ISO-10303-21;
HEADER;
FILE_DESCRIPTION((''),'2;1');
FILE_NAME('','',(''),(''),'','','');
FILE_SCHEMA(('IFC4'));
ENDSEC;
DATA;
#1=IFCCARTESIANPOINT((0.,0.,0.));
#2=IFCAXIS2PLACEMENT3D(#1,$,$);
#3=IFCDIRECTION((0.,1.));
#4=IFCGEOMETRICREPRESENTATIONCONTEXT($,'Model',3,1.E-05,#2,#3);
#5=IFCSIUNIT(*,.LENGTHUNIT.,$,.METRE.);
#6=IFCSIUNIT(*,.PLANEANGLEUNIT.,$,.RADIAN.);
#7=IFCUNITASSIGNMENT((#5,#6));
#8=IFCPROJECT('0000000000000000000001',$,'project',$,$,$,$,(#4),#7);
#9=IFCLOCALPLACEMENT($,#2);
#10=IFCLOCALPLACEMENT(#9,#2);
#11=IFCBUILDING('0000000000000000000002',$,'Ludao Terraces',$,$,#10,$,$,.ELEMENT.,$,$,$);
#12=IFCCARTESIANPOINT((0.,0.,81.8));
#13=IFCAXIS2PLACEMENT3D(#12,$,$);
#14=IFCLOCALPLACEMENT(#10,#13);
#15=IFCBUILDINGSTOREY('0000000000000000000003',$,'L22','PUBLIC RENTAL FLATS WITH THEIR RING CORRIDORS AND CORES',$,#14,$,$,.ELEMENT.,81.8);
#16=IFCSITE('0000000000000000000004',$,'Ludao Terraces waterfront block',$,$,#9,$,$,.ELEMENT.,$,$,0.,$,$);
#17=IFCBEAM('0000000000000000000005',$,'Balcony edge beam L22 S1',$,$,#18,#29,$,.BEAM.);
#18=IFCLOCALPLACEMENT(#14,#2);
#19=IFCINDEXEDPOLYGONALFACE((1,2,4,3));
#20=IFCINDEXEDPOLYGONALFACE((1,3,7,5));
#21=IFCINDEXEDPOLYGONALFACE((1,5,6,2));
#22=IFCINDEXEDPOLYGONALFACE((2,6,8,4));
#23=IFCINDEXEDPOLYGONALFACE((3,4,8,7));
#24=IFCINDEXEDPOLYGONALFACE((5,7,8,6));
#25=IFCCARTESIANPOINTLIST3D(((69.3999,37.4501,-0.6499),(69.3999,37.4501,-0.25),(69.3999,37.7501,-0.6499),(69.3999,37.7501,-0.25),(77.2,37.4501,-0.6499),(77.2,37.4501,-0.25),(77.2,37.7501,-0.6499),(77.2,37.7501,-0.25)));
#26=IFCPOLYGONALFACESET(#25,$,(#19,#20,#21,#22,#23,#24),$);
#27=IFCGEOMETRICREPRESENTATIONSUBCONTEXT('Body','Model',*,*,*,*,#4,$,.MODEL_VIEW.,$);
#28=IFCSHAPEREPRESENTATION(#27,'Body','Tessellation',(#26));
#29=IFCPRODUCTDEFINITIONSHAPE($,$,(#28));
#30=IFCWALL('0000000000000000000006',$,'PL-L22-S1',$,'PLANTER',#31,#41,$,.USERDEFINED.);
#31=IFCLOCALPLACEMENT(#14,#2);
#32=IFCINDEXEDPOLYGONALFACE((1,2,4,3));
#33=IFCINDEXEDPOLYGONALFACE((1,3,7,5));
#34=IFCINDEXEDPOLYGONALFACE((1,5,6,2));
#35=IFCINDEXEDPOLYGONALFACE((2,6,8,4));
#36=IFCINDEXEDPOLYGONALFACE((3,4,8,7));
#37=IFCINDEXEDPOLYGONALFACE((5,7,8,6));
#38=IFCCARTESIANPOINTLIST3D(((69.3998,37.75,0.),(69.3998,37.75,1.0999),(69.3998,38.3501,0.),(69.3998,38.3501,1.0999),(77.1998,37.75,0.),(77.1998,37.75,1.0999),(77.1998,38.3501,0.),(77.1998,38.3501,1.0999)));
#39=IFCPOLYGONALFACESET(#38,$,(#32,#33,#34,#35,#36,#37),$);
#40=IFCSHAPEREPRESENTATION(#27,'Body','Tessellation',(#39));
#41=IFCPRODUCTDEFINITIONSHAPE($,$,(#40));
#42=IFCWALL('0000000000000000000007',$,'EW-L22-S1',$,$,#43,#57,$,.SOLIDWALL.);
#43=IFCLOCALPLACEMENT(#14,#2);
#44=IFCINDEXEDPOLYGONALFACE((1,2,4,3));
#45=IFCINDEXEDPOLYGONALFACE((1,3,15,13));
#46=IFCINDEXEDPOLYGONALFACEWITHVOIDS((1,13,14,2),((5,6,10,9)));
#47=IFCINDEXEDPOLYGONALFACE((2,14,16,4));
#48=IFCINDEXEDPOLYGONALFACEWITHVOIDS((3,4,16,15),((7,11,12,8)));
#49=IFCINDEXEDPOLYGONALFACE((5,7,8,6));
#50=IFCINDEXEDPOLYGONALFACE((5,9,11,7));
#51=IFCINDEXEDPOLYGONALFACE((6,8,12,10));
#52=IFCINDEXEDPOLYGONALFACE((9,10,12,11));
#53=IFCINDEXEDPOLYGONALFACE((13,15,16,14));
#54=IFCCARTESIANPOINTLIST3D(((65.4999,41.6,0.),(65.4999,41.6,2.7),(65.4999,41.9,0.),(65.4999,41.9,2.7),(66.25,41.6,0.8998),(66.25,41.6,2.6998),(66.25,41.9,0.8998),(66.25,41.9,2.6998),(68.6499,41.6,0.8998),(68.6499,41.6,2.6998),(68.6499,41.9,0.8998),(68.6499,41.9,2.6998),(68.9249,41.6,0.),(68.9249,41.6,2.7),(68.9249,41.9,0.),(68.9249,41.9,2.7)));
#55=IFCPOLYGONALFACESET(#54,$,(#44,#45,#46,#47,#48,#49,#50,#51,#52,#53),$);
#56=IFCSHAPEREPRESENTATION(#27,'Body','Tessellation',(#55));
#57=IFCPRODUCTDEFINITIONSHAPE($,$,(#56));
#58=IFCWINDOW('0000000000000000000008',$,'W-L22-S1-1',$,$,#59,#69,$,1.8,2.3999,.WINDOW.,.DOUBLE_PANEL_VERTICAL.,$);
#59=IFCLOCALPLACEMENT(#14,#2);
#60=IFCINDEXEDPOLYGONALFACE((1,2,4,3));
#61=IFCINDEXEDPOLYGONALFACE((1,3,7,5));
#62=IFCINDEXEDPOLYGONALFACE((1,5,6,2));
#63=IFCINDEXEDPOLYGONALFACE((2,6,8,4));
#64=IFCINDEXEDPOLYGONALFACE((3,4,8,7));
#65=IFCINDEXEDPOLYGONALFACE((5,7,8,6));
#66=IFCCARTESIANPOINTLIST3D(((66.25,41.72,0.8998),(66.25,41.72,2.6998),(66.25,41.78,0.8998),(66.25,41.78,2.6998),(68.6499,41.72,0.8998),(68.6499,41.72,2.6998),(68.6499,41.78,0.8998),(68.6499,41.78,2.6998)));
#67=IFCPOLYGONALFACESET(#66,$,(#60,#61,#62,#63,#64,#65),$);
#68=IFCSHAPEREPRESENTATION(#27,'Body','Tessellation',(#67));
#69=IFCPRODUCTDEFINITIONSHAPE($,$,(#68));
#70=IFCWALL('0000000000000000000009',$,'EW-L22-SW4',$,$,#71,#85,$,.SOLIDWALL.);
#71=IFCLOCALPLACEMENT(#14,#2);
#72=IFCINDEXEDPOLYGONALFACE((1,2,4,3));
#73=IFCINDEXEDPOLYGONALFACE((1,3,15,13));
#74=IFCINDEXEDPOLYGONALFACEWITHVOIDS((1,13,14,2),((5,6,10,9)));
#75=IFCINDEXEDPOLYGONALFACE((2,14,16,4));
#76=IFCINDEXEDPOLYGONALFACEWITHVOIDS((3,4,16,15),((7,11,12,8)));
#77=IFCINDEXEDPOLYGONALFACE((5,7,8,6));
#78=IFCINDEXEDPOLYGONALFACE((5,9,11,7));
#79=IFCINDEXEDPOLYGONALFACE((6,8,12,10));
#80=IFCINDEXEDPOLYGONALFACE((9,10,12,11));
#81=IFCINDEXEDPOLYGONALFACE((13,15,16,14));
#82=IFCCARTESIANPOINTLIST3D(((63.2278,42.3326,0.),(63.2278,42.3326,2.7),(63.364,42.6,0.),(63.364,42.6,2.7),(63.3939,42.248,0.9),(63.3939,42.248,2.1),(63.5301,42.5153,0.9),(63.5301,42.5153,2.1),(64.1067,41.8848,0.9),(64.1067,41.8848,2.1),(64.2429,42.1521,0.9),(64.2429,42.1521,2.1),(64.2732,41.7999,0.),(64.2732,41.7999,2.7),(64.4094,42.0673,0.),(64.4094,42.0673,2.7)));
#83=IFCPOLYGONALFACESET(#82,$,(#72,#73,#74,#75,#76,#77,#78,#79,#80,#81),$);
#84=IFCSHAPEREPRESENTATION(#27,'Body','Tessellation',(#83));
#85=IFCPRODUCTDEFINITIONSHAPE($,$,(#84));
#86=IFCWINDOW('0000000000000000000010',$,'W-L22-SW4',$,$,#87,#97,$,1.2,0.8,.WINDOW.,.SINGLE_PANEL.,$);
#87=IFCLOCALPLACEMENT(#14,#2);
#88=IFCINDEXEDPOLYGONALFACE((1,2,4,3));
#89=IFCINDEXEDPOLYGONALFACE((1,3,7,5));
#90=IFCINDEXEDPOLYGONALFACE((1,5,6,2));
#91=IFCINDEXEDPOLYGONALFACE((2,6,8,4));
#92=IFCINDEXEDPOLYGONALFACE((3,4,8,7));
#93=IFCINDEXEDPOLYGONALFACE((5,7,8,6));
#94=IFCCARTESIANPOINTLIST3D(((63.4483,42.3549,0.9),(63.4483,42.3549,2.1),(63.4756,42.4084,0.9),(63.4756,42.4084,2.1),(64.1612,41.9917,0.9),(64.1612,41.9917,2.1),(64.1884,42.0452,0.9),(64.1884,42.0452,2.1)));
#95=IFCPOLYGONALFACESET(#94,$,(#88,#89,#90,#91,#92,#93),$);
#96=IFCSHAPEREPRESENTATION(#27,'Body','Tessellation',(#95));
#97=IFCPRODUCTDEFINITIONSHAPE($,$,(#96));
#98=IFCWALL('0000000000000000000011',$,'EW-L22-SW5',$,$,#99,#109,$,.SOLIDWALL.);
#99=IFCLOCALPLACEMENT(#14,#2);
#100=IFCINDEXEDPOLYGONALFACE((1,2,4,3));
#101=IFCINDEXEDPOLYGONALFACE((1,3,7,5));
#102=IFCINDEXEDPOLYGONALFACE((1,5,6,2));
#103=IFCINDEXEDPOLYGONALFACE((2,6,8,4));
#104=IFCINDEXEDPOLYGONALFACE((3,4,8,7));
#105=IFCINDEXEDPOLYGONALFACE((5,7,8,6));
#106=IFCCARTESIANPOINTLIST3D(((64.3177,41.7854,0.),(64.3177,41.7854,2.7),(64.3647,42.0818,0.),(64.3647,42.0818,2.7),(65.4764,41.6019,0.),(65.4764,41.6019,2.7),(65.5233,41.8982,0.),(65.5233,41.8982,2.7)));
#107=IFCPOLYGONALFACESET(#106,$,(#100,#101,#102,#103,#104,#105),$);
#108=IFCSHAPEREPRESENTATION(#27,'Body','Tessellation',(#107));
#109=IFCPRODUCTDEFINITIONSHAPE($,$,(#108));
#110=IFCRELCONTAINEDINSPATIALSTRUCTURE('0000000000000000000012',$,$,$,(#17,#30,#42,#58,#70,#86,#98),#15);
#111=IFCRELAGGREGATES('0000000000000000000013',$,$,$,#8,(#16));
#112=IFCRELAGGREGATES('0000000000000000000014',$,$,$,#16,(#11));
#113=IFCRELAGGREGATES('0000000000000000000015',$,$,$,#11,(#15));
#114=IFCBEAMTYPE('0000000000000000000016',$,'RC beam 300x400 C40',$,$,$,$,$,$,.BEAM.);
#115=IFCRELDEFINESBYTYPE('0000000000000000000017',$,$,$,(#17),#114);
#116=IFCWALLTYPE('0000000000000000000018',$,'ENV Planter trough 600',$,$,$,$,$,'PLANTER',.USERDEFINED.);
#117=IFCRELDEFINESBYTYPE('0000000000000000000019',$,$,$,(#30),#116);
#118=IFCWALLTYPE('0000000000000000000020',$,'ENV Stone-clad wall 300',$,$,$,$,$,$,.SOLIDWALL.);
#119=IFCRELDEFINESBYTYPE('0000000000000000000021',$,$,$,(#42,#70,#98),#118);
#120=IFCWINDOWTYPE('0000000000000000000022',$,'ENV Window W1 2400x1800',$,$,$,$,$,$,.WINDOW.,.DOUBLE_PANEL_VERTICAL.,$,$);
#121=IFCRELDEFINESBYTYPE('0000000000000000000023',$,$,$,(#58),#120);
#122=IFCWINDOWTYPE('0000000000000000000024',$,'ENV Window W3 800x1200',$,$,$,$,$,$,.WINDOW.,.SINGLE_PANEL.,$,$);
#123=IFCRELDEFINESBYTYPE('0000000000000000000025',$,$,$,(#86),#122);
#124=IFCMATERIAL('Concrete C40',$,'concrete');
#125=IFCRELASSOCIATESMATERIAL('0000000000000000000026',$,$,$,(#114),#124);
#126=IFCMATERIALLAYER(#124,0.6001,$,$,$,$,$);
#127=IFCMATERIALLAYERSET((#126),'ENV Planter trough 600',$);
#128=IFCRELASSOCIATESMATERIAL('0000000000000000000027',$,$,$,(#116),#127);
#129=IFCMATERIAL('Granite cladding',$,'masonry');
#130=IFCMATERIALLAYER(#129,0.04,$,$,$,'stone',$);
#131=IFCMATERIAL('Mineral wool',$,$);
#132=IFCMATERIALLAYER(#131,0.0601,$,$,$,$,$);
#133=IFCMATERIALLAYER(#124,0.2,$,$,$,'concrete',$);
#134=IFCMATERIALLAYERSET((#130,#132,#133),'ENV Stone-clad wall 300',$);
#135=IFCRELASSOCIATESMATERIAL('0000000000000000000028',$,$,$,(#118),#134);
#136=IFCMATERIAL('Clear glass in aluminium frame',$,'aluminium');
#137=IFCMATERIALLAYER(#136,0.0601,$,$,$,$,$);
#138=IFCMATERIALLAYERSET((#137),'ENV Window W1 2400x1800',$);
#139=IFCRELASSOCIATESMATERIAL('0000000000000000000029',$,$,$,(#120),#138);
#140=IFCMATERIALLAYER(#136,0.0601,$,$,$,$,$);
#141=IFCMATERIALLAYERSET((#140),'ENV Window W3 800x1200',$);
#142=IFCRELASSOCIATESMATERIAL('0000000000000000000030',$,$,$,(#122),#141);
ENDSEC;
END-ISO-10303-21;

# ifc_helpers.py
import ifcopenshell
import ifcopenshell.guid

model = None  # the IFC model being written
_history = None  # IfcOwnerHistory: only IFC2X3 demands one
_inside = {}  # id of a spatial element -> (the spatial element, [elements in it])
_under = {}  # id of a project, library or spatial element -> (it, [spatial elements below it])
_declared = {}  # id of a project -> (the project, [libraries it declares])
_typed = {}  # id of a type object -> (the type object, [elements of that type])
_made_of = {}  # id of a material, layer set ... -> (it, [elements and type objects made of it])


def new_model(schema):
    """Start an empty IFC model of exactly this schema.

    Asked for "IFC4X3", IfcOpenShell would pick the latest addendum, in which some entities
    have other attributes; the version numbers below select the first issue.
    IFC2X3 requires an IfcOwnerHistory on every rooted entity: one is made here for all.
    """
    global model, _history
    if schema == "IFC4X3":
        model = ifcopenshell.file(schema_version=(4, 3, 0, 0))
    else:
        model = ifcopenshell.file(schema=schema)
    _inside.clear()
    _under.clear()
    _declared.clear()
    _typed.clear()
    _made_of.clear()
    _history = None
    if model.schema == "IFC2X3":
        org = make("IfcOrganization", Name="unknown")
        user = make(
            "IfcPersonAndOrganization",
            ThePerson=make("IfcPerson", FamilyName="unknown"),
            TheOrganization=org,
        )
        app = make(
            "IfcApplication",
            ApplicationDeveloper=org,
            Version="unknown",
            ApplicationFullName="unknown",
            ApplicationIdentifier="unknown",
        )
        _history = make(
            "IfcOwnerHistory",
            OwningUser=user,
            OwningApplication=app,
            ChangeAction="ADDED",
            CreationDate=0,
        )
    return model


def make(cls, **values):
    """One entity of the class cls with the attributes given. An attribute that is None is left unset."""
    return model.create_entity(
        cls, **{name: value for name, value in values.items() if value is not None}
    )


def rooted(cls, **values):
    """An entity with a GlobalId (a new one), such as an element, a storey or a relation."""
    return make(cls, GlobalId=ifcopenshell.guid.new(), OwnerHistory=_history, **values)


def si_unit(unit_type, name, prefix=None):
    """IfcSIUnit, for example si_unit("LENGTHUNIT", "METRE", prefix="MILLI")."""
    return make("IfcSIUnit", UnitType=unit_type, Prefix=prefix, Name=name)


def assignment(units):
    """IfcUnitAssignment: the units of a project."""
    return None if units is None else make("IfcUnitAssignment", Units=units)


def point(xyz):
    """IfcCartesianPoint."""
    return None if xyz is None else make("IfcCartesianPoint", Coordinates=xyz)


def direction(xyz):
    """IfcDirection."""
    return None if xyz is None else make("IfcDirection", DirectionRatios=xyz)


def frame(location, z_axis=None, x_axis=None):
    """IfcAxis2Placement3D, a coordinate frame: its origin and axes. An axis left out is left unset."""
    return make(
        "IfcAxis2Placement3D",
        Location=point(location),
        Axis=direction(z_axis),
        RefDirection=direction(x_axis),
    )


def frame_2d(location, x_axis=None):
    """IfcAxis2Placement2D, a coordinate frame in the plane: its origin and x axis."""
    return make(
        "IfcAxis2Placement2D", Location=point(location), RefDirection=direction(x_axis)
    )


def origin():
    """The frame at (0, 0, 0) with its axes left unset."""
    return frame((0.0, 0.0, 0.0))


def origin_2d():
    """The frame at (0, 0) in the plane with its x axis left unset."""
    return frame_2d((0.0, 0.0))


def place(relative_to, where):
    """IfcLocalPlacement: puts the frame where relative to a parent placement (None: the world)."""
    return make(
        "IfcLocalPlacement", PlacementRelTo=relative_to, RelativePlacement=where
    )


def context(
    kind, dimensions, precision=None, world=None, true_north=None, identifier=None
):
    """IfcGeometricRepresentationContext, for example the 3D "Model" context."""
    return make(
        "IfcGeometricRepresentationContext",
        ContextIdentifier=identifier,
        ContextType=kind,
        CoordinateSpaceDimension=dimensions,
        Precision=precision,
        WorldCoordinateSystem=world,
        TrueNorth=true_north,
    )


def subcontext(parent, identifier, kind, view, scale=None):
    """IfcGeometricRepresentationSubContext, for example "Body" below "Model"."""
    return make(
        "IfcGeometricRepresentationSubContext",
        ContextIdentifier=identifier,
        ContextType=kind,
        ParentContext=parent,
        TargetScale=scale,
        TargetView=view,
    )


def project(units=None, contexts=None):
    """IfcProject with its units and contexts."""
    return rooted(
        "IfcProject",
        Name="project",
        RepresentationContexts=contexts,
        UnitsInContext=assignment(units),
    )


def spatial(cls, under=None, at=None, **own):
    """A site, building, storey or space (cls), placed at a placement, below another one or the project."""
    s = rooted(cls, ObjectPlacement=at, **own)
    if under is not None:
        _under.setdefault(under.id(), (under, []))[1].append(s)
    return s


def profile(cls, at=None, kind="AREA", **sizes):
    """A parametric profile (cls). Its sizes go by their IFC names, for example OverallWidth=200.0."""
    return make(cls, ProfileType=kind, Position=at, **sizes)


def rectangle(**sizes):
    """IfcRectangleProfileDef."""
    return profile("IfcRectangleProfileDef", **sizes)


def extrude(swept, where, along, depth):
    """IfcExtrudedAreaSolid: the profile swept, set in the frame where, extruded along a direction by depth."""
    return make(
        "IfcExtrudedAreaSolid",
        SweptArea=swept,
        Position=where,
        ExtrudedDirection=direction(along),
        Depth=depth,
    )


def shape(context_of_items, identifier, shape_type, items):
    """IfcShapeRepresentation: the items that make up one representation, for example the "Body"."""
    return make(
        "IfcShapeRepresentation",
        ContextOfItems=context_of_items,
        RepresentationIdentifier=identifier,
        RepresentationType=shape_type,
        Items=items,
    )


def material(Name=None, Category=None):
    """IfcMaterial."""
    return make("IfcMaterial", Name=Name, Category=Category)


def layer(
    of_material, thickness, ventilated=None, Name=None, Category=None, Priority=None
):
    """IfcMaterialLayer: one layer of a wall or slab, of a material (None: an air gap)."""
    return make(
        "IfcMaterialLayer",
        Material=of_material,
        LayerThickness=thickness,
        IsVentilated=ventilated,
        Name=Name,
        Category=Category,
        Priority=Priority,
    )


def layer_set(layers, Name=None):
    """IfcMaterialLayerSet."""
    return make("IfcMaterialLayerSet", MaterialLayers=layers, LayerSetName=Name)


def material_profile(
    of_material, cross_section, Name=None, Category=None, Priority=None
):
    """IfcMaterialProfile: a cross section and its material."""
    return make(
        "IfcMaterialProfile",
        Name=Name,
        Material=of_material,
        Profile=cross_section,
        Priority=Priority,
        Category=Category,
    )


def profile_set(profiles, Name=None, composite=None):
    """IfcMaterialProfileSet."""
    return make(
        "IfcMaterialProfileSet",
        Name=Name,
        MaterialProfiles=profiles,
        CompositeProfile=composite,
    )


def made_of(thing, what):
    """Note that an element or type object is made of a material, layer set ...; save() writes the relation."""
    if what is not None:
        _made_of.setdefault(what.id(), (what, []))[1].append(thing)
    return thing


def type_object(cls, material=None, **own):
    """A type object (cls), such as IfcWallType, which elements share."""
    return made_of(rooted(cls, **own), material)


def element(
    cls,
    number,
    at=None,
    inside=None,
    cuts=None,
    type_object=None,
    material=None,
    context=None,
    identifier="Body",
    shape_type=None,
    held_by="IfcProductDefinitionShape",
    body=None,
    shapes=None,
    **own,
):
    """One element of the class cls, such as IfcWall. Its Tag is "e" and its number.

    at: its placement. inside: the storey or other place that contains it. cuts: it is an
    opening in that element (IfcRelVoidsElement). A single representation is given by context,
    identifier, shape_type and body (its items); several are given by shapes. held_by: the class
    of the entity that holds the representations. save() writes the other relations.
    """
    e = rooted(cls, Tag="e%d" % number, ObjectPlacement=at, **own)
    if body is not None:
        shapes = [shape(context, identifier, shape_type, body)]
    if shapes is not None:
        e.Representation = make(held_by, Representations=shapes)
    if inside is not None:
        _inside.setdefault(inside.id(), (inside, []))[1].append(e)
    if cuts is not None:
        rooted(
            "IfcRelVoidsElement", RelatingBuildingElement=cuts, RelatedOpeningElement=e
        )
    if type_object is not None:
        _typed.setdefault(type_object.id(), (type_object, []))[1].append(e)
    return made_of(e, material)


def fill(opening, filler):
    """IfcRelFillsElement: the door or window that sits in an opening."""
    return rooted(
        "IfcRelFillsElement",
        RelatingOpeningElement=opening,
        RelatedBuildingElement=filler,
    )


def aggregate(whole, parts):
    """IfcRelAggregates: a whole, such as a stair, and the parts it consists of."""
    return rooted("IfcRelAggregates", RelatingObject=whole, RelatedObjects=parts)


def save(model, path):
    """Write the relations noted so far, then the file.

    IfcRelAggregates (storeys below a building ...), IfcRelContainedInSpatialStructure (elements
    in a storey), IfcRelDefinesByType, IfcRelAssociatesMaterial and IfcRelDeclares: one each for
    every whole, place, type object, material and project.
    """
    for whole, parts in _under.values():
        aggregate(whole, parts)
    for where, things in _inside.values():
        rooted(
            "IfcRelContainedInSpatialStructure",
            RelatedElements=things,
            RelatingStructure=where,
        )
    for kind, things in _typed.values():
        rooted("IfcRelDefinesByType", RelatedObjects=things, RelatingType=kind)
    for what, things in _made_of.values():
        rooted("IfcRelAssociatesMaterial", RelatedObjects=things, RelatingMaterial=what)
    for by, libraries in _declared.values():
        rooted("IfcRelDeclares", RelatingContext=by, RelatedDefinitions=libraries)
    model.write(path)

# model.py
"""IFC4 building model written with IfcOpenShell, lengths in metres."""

from ifc_helpers import new_model, si_unit, direction, frame, frame_2d, origin, origin_2d, place, context, subcontext, project, spatial, rectangle, extrude, material, layer, layer_set, material_profile, profile_set, type_object, element, fill, save


model = new_model("IFC4")

# Units and contexts
model_context = context("Model", 3, precision=1e-05, world=origin(), true_north=direction((0.0, 1.0)))
body_context = subcontext(model_context, "Body", "Model", "MODEL_VIEW")
ifc_project = project(units=[si_unit("LENGTHUNIT", "METRE"), si_unit("PLANEANGLEUNIT", "RADIAN")], contexts=[model_context])

# Site, building, storey
site_placement = place(None, origin())
site = spatial("IfcSite", under=ifc_project, at=site_placement, Name="Ludao Terraces waterfront block", CompositionType="ELEMENT", RefElevation=0.0)
building_placement = place(site_placement, origin())
building = spatial("IfcBuilding", under=site, at=building_placement, Name="Ludao Terraces", CompositionType="ELEMENT")
storey_placement = place(building_placement, frame((0.0, 0.0, 81.8)))
storey = spatial("IfcBuildingStorey", under=building, at=storey_placement, Name="L22", Description="PUBLIC RENTAL FLATS WITH THEIR RING CORRIDORS AND CORES", CompositionType="ELEMENT", Elevation=81.8)

# Beam
ifc_material_1 = material(Name="Concrete C40", Category="concrete")
ifc_material_profile = material_profile(ifc_material_1, rectangle(XDim=0.3, YDim=0.3999, at=origin_2d()), Name="300 X 400")
ifc_profile_set = profile_set([ifc_material_profile], Name="Concrete C40")
beam_type = type_object("IfcBeamType", Name="RC beam 300x400 C40", PredefinedType="BEAM", material=ifc_profile_set)
beam_placement = place(storey_placement, frame((69.3999, 37.6001, -0.45), z_axis=(1.0, 0.0, 0.0), x_axis=(0.0, 1.0, 0.0)))
element("IfcBeam", 1, at=beam_placement, inside=storey, type_object=beam_type, Name="Balcony edge beam L22 S1", PredefinedType="BEAM", context=body_context, shape_type="SweptSolid", body=[
    extrude(rectangle(XDim=0.3, YDim=0.3999, at=origin_2d()), origin(), (0.0, 0.0, 1.0), 7.8),
])

# Wall
ifc_layer_1 = layer(ifc_material_1, 0.6001)
ifc_layer_set_1 = layer_set([ifc_layer_1], Name="ENV Planter trough 600")
wall_type_1 = type_object("IfcWallType", Name="ENV Planter trough 600", ElementType="PLANTER", PredefinedType="USERDEFINED", material=ifc_layer_set_1)
wall_1_placement = place(storey_placement, frame((69.3999, 38.05, 0.0), z_axis=(0.0, 0.0, 1.0), x_axis=(1.0, 0.0, 0.0)))
element("IfcWall", 2, at=wall_1_placement, inside=storey, type_object=wall_type_1, Name="PL-L22-S1", ObjectType="PLANTER", PredefinedType="USERDEFINED", context=body_context, shape_type="SweptSolid", body=[
    extrude(rectangle(XDim=7.8, YDim=0.6001, at=frame_2d((3.8999, 0.0))), origin(), (0.0, 0.0, 1.0), 1.0999),
])

# Walls, openings, windows
ifc_material_2 = material(Name="Granite cladding", Category="masonry")
ifc_layer_2 = layer(ifc_material_2, 0.04, Category="stone")
ifc_material_3 = material(Name="Mineral wool")
ifc_layer_3 = layer(ifc_material_3, 0.0601)
ifc_layer_4 = layer(ifc_material_1, 0.2, Category="concrete")
ifc_layer_set_2 = layer_set([ifc_layer_2, ifc_layer_3, ifc_layer_4], Name="ENV Stone-clad wall 300")
wall_type_2 = type_object("IfcWallType", Name="ENV Stone-clad wall 300", PredefinedType="SOLIDWALL", material=ifc_layer_set_2)
wall_2_placement = place(storey_placement, frame((65.5, 41.75, 0.0), z_axis=(0.0, 0.0, 1.0), x_axis=(1.0, 0.0, 0.0)))
wall_2 = element("IfcWall", 3, at=wall_2_placement, inside=storey, type_object=wall_type_2, Name="EW-L22-S1", PredefinedType="SOLIDWALL", context=body_context, shape_type="SweptSolid", body=[
    extrude(rectangle(XDim=3.425, YDim=0.3, at=frame_2d((1.7124, 0.0))), origin(), (0.0, 0.0, 1.0), 2.7),
])
opening_1_placement = place(wall_2_placement, frame((0.75, 0.0, 0.8999)))
opening_1 = element("IfcOpeningElement", 4, at=opening_1_placement, cuts=wall_2, PredefinedType="OPENING", context=body_context, shape_type="SweptSolid", body=[
    extrude(rectangle(XDim=2.3999, YDim=1.8, at=frame_2d((1.2, 0.8999))), frame((0.0, 0.1602, 0.0), z_axis=(0.0, -1.0, 0.0), x_axis=(1.0, 0.0, 0.0)), (0.0, 0.0, 1.0), 0.3201),
])
ifc_material_4 = material(Name="Clear glass in aluminium frame", Category="aluminium")
ifc_layer_5 = layer(ifc_material_4, 0.0601)
ifc_layer_set_3 = layer_set([ifc_layer_5], Name="ENV Window W1 2400x1800")
window_type_1 = type_object("IfcWindowType", Name="ENV Window W1 2400x1800", PartitioningType="DOUBLE_PANEL_VERTICAL", PredefinedType="WINDOW", material=ifc_layer_set_3)
window_1_placement = place(opening_1_placement, origin())
window_1 = element("IfcWindow", 5, at=window_1_placement, inside=storey, type_object=window_type_1, Name="W-L22-S1-1", OverallHeight=1.8, OverallWidth=2.3999, PartitioningType="DOUBLE_PANEL_VERTICAL", PredefinedType="WINDOW", context=body_context, shape_type="SweptSolid", body=[
    extrude(rectangle(XDim=2.3999, YDim=1.8, at=frame_2d((1.2, 0.8999))), frame((0.0, 0.03, 0.0), z_axis=(0.0, -1.0, 0.0), x_axis=(1.0, 0.0, 0.0)), (0.0, 0.0, 1.0), 0.0601),
])
fill(opening_1, window_1)
wall_3_placement = place(storey_placement, frame((63.2959, 42.4663, 0.0), z_axis=(0.0, 0.0, 1.0), x_axis=(0.890989, -0.454026, 0.0)))
wall_3 = element("IfcWall", 6, at=wall_3_placement, inside=storey, type_object=wall_type_2, Name="EW-L22-SW4", PredefinedType="SOLIDWALL", context=body_context, shape_type="SweptSolid", body=[
    extrude(rectangle(XDim=1.1733, YDim=0.3, at=frame_2d((0.5867, 0.0))), origin(), (0.0, 0.0, 1.0), 2.7),
])
opening_2_placement = place(wall_3_placement, frame((0.1865, 0.0, 0.8999)))
opening_2 = element("IfcOpeningElement", 7, at=opening_2_placement, cuts=wall_3, PredefinedType="OPENING", context=body_context, shape_type="SweptSolid", body=[
    extrude(rectangle(XDim=0.8, YDim=1.2, at=frame_2d((0.3999, 0.6001))), frame((0.0, 0.1602, 0.0), z_axis=(0.0, -1.0, 0.0), x_axis=(1.0, 0.0, 0.0)), (0.0, 0.0, 1.0), 0.3201),
])
ifc_layer_6 = layer(ifc_material_4, 0.0601)
ifc_layer_set_4 = layer_set([ifc_layer_6], Name="ENV Window W3 800x1200")
window_type_2 = type_object("IfcWindowType", Name="ENV Window W3 800x1200", PartitioningType="SINGLE_PANEL", PredefinedType="WINDOW", material=ifc_layer_set_4)
window_2_placement = place(opening_2_placement, origin())
window_2 = element("IfcWindow", 8, at=window_2_placement, inside=storey, type_object=window_type_2, Name="W-L22-SW4", OverallHeight=1.2, OverallWidth=0.8, PartitioningType="SINGLE_PANEL", PredefinedType="WINDOW", context=body_context, shape_type="SweptSolid", body=[
    extrude(rectangle(XDim=0.8, YDim=1.2, at=frame_2d((0.3999, 0.6001))), frame((0.0, 0.03, 0.0), z_axis=(0.0, -1.0, 0.0), x_axis=(1.0, 0.0, 0.0)), (0.0, 0.0, 1.0), 0.0601),
])
fill(opening_2, window_2)

# Wall
wall_4_placement = place(storey_placement, frame((64.3413, 41.9336, 0.0), z_axis=(0.0, 0.0, 1.0), x_axis=(0.987678, -0.156497, 0.0)))
element("IfcWall", 9, at=wall_4_placement, inside=storey, type_object=wall_type_2, Name="EW-L22-SW5", PredefinedType="SOLIDWALL", context=body_context, shape_type="SweptSolid", body=[
    extrude(rectangle(XDim=1.1731, YDim=0.3, at=frame_2d((0.5864, 0.0))), origin(), (0.0, 0.0, 1.0), 2.7),
])

save(model, "model.ifc")
